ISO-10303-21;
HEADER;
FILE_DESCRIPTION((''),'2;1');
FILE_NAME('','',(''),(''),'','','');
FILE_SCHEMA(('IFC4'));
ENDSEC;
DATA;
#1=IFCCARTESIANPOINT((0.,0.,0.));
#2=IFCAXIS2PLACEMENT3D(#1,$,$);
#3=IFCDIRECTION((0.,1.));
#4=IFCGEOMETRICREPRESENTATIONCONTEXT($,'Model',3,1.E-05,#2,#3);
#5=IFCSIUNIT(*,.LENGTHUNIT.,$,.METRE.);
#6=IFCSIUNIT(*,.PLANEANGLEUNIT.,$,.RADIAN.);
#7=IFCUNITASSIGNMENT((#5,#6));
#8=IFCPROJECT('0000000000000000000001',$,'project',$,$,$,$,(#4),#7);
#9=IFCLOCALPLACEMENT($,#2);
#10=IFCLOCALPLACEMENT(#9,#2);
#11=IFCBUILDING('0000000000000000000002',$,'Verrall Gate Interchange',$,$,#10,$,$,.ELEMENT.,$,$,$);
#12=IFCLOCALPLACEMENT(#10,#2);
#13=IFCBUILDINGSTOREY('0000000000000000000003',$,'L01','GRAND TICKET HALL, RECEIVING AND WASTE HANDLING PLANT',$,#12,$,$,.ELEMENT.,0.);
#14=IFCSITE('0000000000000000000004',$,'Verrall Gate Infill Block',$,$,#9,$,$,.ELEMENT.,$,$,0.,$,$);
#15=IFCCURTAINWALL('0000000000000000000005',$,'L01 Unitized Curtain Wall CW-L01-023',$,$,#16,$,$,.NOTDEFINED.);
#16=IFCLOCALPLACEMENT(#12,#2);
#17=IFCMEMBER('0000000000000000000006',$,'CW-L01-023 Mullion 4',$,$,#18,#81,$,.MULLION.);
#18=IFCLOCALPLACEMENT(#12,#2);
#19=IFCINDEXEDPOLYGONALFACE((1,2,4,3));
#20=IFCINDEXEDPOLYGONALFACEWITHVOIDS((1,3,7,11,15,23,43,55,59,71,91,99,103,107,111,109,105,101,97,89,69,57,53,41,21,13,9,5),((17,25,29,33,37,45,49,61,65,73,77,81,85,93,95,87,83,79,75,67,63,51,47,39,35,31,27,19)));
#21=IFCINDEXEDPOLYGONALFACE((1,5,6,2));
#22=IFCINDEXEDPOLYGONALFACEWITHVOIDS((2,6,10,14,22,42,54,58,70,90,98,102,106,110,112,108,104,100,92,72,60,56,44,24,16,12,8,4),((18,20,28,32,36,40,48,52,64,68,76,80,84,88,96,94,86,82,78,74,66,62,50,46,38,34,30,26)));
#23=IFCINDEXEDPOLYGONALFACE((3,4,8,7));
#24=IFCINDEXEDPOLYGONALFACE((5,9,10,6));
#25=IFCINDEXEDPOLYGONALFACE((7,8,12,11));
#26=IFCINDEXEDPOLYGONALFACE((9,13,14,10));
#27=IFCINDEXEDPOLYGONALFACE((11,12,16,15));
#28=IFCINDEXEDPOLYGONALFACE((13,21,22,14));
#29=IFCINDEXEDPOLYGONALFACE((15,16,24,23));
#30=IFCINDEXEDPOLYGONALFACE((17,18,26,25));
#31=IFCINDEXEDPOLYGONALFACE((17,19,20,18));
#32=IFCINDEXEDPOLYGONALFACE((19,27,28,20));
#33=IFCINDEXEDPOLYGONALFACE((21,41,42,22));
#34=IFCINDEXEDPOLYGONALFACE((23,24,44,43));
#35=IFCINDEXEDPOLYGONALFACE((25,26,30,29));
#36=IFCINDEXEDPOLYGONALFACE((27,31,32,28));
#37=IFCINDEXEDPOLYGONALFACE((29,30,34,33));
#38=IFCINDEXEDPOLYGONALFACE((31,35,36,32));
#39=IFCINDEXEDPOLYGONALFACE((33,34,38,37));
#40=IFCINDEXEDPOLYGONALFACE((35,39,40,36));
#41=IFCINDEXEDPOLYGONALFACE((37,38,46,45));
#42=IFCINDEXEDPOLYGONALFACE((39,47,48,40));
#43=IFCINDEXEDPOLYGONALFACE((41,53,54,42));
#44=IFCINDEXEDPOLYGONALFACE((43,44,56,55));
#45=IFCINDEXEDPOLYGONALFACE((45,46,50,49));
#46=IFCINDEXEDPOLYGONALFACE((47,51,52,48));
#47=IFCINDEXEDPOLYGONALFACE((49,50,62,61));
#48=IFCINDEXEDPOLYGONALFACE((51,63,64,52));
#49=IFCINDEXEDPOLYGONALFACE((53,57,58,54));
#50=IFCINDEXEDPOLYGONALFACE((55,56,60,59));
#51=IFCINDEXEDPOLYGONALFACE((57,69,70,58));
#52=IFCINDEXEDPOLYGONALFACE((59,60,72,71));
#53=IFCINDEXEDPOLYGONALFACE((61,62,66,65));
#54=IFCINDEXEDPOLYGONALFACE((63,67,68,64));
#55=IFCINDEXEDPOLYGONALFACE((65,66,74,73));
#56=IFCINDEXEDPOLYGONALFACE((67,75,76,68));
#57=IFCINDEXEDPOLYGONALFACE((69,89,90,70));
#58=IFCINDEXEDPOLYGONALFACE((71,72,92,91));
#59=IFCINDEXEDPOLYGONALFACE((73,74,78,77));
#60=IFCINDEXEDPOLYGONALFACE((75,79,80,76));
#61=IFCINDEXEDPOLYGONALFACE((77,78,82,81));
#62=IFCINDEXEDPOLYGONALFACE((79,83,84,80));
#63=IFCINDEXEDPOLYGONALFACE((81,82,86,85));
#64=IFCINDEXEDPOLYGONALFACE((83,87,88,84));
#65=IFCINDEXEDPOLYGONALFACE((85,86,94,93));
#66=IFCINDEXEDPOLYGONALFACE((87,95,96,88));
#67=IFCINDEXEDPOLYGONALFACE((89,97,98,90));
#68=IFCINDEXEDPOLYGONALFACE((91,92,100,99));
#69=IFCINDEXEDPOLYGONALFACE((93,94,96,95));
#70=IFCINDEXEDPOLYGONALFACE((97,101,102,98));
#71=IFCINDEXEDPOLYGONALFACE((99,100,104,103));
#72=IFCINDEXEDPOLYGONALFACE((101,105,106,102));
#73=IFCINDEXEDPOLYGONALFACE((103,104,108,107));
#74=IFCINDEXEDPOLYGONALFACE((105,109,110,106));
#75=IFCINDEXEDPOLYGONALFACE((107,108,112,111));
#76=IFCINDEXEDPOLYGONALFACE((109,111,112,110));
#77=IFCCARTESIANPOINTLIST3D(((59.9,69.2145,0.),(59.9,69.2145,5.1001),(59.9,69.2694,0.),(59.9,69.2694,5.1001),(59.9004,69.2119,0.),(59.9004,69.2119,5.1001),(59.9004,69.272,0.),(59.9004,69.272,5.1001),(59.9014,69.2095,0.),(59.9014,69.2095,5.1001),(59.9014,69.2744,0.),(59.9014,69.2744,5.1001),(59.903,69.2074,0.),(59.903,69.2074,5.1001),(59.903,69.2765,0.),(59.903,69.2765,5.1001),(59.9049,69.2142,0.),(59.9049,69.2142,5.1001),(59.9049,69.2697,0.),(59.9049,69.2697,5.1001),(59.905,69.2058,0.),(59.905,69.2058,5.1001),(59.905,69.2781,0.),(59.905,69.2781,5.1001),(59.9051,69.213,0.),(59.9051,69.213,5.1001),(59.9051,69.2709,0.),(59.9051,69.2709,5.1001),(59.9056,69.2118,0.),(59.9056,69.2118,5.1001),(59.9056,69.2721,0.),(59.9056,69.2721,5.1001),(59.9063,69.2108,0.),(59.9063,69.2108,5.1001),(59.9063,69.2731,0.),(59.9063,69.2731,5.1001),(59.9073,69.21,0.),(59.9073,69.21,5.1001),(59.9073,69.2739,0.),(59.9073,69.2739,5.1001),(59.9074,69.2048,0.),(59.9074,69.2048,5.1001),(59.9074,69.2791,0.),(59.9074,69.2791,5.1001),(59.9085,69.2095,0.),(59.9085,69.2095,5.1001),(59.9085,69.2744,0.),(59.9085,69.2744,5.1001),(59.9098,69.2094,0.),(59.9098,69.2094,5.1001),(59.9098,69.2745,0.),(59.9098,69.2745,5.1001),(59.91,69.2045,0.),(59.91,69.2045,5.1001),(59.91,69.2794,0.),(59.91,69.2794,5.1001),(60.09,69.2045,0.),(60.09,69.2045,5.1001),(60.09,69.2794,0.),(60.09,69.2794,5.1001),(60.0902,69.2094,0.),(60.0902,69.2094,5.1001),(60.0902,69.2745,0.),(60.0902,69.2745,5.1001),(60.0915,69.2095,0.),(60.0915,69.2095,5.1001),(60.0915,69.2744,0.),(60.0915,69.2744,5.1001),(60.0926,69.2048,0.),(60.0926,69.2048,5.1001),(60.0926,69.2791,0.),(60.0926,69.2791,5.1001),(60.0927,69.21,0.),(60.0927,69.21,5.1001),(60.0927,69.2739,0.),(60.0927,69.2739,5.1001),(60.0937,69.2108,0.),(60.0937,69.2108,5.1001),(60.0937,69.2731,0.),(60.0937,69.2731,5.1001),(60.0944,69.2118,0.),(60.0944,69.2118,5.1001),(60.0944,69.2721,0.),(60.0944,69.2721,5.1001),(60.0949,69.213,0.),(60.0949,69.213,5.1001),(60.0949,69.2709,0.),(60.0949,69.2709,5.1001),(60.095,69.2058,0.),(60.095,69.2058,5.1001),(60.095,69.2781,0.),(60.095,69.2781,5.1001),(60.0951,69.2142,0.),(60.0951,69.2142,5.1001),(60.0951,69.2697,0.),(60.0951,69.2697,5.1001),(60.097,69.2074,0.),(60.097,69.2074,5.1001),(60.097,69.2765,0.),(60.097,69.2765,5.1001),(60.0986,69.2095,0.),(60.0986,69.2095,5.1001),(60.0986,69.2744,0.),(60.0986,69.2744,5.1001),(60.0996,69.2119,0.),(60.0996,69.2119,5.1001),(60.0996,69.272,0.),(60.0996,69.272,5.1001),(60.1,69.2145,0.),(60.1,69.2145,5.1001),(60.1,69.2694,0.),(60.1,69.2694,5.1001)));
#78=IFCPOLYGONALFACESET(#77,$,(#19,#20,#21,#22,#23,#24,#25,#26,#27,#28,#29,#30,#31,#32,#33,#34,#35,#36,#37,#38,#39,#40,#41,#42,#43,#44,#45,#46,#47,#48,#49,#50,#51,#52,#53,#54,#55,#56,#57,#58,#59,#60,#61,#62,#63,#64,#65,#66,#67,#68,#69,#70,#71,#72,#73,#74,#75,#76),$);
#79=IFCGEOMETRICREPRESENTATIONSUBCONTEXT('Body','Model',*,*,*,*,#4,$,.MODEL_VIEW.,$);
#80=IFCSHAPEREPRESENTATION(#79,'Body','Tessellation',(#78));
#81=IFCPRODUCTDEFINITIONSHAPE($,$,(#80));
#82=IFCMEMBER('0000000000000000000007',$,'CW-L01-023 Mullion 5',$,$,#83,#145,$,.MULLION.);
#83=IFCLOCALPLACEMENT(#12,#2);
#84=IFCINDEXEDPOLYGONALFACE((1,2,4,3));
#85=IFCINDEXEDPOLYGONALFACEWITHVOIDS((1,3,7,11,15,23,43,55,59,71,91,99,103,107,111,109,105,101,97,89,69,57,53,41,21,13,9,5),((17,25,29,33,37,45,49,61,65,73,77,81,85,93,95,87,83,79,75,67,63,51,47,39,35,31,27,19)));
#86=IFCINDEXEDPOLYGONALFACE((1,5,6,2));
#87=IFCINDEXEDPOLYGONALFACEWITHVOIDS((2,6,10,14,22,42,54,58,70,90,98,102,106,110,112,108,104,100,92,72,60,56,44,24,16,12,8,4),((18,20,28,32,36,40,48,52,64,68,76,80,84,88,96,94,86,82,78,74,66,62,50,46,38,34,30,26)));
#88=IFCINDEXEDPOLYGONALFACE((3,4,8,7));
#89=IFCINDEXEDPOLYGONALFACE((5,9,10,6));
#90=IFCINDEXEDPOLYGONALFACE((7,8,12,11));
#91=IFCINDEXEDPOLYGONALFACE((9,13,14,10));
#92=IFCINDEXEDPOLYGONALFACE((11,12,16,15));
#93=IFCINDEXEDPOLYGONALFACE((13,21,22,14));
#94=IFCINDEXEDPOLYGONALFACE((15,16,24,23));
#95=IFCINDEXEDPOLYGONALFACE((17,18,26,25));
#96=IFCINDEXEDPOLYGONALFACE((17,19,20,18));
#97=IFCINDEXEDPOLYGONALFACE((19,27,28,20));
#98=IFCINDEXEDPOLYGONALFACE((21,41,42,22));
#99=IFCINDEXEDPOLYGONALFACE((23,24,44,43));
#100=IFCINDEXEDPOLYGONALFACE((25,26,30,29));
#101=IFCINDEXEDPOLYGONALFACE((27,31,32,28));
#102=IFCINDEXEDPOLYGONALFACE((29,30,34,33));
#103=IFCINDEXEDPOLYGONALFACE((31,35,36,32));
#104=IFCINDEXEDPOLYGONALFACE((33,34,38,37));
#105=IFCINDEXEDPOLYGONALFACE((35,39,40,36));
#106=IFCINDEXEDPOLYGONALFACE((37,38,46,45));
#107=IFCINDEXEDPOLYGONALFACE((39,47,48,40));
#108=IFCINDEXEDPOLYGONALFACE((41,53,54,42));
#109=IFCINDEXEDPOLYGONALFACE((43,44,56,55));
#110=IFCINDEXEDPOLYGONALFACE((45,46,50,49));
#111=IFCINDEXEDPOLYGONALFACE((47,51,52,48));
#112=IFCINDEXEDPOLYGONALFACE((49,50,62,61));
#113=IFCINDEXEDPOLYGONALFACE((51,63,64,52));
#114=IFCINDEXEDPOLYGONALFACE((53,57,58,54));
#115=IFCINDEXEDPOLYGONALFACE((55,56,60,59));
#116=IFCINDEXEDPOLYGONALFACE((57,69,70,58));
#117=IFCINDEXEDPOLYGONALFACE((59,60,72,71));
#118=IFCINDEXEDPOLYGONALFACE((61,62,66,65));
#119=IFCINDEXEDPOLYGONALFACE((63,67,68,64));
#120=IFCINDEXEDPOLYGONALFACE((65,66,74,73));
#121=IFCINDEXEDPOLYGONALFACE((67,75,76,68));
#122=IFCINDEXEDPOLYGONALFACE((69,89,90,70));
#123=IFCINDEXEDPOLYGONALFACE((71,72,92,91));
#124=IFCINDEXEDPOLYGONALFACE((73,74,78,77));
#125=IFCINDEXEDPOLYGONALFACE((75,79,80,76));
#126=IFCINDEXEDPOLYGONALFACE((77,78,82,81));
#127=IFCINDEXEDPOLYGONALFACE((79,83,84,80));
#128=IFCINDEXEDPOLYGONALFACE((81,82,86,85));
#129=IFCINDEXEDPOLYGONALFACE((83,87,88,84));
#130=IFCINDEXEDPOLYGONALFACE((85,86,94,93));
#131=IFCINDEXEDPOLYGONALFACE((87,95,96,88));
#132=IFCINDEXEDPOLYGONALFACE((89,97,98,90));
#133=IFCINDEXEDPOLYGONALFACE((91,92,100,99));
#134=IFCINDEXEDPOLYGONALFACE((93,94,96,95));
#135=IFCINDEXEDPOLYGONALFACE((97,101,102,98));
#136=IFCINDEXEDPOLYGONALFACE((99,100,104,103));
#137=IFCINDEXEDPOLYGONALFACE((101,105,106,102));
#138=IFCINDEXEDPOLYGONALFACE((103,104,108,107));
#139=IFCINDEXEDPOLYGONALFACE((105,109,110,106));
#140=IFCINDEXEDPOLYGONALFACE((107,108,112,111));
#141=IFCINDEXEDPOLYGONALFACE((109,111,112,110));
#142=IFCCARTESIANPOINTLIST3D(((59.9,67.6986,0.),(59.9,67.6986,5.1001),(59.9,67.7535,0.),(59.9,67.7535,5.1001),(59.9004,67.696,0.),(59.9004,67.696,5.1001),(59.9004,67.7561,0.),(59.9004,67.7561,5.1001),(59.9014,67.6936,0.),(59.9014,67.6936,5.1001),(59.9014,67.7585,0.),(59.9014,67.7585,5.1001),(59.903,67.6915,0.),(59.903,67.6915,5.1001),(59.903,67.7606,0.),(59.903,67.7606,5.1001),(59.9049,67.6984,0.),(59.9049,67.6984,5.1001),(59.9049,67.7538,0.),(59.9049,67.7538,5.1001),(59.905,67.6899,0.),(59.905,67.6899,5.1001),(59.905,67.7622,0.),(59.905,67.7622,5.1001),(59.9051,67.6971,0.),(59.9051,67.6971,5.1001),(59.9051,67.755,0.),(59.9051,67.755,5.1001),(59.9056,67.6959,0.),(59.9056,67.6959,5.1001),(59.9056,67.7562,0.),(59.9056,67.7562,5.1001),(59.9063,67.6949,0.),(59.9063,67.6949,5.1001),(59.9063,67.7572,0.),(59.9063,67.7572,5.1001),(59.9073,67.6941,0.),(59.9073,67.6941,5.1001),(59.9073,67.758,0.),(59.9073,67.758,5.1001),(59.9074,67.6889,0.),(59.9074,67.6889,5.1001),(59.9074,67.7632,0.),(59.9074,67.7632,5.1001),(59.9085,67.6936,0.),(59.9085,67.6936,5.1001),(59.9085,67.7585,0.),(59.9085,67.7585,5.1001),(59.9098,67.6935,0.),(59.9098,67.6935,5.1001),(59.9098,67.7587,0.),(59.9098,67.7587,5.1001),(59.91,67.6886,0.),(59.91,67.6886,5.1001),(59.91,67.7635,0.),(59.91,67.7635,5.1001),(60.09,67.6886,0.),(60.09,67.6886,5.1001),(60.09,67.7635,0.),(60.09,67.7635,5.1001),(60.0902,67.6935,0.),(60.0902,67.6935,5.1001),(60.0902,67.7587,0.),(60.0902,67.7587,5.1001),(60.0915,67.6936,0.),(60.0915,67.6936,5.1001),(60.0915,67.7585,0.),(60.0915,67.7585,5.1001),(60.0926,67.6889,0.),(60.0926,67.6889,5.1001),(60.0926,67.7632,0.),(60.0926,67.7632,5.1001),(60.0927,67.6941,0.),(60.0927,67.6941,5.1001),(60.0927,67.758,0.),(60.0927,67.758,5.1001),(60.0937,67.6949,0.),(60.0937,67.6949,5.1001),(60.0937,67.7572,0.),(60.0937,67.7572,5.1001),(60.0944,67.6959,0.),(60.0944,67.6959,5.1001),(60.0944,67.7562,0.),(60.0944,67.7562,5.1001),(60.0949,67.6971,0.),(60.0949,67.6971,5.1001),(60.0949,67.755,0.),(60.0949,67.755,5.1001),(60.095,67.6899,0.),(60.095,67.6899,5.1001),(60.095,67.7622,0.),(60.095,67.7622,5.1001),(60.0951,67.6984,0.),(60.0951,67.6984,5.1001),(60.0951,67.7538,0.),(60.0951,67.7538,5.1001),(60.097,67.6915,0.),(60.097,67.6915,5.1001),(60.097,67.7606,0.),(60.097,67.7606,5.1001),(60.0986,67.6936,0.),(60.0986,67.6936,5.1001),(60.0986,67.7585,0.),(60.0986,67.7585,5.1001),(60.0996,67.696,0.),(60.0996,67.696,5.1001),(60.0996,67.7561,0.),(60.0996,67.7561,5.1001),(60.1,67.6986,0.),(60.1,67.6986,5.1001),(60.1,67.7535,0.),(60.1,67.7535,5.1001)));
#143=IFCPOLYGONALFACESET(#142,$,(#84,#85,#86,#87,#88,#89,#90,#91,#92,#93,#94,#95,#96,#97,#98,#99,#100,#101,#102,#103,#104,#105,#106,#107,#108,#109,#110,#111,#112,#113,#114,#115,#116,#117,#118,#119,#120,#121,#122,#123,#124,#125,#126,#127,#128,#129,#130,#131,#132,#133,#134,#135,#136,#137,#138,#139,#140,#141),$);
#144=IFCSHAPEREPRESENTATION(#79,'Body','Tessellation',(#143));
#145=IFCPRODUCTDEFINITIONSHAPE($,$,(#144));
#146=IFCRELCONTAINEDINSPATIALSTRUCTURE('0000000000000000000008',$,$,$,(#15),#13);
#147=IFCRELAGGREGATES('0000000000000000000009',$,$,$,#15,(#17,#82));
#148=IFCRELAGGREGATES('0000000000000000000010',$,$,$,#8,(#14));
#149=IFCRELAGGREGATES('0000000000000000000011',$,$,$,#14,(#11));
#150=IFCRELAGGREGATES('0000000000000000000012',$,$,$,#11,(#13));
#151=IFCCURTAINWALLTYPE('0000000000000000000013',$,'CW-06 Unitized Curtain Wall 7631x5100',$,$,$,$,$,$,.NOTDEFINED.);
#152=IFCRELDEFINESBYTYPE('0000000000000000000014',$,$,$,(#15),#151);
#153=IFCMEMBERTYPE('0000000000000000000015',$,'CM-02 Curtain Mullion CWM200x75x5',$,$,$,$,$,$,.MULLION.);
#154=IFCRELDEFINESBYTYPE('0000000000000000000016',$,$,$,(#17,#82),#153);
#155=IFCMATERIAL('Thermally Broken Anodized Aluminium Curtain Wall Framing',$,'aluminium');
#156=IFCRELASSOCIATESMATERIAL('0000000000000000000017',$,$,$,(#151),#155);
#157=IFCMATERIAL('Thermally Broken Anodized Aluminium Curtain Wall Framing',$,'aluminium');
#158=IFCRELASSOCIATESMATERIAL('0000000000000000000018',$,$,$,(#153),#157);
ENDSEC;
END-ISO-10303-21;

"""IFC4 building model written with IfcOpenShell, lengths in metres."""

from ifc_helpers import new_model, si_unit, direction, frame, origin, origin_2d, place, context, subcontext, project, spatial, hollow_rectangle, extrude, material, material_profile, profile_set, type_object, element, aggregate, save


model = new_model("IFC4")

# Units and contexts
model_context = context("Model", 3, precision=1e-05, world=origin(), true_north=direction((0.0, 1.0)))
body_context = subcontext(model_context, "Body", "Model", "MODEL_VIEW")
ifc_project = project(units=[si_unit("LENGTHUNIT", "METRE"), si_unit("PLANEANGLEUNIT", "RADIAN")], contexts=[model_context])

# Site, building, storey
site_placement = place(None, origin())
site = spatial("IfcSite", under=ifc_project, at=site_placement, Name="Verrall Gate Infill Block", CompositionType="ELEMENT", RefElevation=0.0)
building_placement = place(site_placement, origin())
building = spatial("IfcBuilding", under=site, at=building_placement, Name="Verrall Gate Interchange", CompositionType="ELEMENT")
storey_placement = place(building_placement, origin())
storey = spatial("IfcBuildingStorey", under=building, at=storey_placement, Name="L01", Description="GRAND TICKET HALL, RECEIVING AND WASTE HANDLING PLANT", CompositionType="ELEMENT", Elevation=0.0)

# Curtain wall, members
ifc_material_1 = material(Name="Thermally Broken Anodized Aluminium Curtain Wall Framing", Category="aluminium")
curtain_wall_type_1 = type_object("IfcCurtainWallType", Name="CW-06 Unitized Curtain Wall 7631x5100", PredefinedType="NOTDEFINED", material=ifc_material_1)
curtain_wall_1_placement = place(storey_placement, origin())
curtain_wall_1 = element("IfcCurtainWall", 1, at=curtain_wall_1_placement, inside=storey, type_object=curtain_wall_type_1, Name="L01 Unitized Curtain Wall CW-L01-023", PredefinedType="NOTDEFINED")
ifc_material_2 = material(Name="Thermally Broken Anodized Aluminium Curtain Wall Framing", Category="aluminium")
ifc_material_profile_1 = material_profile(ifc_material_2, hollow_rectangle(XDim=0.075, YDim=0.2, WallThickness=0.0049, InnerFilletRadius=0.0049, OuterFilletRadius=0.01, at=origin_2d()), Name="CWM200x75x5")
ifc_profile_set_1 = profile_set([ifc_material_profile_1], Name="Thermally Broken Anodized Aluminium Curtain Wall Framing")
member_type_1 = type_object("IfcMemberType", Name="CM-02 Curtain Mullion CWM200x75x5", PredefinedType="MULLION", material=ifc_profile_set_1)
member_1_placement = place(storey_placement, frame((60.0, 69.2419, 0.0), z_axis=(0.0, 0.0, 1.0), x_axis=(0.0, -1.0, 0.0)))
member_1 = element("IfcMember", 2, at=member_1_placement, type_object=member_type_1, Name="CW-L01-023 Mullion 4", PredefinedType="MULLION", context=body_context, shape_type="SweptSolid", body=[
    extrude(hollow_rectangle(XDim=0.075, YDim=0.2, WallThickness=0.0049, InnerFilletRadius=0.0049, OuterFilletRadius=0.01, at=origin_2d()), origin(), (0.0, 0.0, 1.0), 5.1001),
])
member_2_placement = place(storey_placement, frame((60.0, 67.7261, 0.0), z_axis=(0.0, 0.0, 1.0), x_axis=(0.0, -1.0, 0.0)))
member_2 = element("IfcMember", 3, at=member_2_placement, type_object=member_type_1, Name="CW-L01-023 Mullion 5", PredefinedType="MULLION", context=body_context, shape_type="SweptSolid", body=[
    extrude(hollow_rectangle(XDim=0.075, YDim=0.2, WallThickness=0.0049, InnerFilletRadius=0.0049, OuterFilletRadius=0.01, at=origin_2d()), origin(), (0.0, 0.0, 1.0), 5.1001),
])

aggregate(curtain_wall_1, [member_1, member_2])

save(model, "model.ifc")
